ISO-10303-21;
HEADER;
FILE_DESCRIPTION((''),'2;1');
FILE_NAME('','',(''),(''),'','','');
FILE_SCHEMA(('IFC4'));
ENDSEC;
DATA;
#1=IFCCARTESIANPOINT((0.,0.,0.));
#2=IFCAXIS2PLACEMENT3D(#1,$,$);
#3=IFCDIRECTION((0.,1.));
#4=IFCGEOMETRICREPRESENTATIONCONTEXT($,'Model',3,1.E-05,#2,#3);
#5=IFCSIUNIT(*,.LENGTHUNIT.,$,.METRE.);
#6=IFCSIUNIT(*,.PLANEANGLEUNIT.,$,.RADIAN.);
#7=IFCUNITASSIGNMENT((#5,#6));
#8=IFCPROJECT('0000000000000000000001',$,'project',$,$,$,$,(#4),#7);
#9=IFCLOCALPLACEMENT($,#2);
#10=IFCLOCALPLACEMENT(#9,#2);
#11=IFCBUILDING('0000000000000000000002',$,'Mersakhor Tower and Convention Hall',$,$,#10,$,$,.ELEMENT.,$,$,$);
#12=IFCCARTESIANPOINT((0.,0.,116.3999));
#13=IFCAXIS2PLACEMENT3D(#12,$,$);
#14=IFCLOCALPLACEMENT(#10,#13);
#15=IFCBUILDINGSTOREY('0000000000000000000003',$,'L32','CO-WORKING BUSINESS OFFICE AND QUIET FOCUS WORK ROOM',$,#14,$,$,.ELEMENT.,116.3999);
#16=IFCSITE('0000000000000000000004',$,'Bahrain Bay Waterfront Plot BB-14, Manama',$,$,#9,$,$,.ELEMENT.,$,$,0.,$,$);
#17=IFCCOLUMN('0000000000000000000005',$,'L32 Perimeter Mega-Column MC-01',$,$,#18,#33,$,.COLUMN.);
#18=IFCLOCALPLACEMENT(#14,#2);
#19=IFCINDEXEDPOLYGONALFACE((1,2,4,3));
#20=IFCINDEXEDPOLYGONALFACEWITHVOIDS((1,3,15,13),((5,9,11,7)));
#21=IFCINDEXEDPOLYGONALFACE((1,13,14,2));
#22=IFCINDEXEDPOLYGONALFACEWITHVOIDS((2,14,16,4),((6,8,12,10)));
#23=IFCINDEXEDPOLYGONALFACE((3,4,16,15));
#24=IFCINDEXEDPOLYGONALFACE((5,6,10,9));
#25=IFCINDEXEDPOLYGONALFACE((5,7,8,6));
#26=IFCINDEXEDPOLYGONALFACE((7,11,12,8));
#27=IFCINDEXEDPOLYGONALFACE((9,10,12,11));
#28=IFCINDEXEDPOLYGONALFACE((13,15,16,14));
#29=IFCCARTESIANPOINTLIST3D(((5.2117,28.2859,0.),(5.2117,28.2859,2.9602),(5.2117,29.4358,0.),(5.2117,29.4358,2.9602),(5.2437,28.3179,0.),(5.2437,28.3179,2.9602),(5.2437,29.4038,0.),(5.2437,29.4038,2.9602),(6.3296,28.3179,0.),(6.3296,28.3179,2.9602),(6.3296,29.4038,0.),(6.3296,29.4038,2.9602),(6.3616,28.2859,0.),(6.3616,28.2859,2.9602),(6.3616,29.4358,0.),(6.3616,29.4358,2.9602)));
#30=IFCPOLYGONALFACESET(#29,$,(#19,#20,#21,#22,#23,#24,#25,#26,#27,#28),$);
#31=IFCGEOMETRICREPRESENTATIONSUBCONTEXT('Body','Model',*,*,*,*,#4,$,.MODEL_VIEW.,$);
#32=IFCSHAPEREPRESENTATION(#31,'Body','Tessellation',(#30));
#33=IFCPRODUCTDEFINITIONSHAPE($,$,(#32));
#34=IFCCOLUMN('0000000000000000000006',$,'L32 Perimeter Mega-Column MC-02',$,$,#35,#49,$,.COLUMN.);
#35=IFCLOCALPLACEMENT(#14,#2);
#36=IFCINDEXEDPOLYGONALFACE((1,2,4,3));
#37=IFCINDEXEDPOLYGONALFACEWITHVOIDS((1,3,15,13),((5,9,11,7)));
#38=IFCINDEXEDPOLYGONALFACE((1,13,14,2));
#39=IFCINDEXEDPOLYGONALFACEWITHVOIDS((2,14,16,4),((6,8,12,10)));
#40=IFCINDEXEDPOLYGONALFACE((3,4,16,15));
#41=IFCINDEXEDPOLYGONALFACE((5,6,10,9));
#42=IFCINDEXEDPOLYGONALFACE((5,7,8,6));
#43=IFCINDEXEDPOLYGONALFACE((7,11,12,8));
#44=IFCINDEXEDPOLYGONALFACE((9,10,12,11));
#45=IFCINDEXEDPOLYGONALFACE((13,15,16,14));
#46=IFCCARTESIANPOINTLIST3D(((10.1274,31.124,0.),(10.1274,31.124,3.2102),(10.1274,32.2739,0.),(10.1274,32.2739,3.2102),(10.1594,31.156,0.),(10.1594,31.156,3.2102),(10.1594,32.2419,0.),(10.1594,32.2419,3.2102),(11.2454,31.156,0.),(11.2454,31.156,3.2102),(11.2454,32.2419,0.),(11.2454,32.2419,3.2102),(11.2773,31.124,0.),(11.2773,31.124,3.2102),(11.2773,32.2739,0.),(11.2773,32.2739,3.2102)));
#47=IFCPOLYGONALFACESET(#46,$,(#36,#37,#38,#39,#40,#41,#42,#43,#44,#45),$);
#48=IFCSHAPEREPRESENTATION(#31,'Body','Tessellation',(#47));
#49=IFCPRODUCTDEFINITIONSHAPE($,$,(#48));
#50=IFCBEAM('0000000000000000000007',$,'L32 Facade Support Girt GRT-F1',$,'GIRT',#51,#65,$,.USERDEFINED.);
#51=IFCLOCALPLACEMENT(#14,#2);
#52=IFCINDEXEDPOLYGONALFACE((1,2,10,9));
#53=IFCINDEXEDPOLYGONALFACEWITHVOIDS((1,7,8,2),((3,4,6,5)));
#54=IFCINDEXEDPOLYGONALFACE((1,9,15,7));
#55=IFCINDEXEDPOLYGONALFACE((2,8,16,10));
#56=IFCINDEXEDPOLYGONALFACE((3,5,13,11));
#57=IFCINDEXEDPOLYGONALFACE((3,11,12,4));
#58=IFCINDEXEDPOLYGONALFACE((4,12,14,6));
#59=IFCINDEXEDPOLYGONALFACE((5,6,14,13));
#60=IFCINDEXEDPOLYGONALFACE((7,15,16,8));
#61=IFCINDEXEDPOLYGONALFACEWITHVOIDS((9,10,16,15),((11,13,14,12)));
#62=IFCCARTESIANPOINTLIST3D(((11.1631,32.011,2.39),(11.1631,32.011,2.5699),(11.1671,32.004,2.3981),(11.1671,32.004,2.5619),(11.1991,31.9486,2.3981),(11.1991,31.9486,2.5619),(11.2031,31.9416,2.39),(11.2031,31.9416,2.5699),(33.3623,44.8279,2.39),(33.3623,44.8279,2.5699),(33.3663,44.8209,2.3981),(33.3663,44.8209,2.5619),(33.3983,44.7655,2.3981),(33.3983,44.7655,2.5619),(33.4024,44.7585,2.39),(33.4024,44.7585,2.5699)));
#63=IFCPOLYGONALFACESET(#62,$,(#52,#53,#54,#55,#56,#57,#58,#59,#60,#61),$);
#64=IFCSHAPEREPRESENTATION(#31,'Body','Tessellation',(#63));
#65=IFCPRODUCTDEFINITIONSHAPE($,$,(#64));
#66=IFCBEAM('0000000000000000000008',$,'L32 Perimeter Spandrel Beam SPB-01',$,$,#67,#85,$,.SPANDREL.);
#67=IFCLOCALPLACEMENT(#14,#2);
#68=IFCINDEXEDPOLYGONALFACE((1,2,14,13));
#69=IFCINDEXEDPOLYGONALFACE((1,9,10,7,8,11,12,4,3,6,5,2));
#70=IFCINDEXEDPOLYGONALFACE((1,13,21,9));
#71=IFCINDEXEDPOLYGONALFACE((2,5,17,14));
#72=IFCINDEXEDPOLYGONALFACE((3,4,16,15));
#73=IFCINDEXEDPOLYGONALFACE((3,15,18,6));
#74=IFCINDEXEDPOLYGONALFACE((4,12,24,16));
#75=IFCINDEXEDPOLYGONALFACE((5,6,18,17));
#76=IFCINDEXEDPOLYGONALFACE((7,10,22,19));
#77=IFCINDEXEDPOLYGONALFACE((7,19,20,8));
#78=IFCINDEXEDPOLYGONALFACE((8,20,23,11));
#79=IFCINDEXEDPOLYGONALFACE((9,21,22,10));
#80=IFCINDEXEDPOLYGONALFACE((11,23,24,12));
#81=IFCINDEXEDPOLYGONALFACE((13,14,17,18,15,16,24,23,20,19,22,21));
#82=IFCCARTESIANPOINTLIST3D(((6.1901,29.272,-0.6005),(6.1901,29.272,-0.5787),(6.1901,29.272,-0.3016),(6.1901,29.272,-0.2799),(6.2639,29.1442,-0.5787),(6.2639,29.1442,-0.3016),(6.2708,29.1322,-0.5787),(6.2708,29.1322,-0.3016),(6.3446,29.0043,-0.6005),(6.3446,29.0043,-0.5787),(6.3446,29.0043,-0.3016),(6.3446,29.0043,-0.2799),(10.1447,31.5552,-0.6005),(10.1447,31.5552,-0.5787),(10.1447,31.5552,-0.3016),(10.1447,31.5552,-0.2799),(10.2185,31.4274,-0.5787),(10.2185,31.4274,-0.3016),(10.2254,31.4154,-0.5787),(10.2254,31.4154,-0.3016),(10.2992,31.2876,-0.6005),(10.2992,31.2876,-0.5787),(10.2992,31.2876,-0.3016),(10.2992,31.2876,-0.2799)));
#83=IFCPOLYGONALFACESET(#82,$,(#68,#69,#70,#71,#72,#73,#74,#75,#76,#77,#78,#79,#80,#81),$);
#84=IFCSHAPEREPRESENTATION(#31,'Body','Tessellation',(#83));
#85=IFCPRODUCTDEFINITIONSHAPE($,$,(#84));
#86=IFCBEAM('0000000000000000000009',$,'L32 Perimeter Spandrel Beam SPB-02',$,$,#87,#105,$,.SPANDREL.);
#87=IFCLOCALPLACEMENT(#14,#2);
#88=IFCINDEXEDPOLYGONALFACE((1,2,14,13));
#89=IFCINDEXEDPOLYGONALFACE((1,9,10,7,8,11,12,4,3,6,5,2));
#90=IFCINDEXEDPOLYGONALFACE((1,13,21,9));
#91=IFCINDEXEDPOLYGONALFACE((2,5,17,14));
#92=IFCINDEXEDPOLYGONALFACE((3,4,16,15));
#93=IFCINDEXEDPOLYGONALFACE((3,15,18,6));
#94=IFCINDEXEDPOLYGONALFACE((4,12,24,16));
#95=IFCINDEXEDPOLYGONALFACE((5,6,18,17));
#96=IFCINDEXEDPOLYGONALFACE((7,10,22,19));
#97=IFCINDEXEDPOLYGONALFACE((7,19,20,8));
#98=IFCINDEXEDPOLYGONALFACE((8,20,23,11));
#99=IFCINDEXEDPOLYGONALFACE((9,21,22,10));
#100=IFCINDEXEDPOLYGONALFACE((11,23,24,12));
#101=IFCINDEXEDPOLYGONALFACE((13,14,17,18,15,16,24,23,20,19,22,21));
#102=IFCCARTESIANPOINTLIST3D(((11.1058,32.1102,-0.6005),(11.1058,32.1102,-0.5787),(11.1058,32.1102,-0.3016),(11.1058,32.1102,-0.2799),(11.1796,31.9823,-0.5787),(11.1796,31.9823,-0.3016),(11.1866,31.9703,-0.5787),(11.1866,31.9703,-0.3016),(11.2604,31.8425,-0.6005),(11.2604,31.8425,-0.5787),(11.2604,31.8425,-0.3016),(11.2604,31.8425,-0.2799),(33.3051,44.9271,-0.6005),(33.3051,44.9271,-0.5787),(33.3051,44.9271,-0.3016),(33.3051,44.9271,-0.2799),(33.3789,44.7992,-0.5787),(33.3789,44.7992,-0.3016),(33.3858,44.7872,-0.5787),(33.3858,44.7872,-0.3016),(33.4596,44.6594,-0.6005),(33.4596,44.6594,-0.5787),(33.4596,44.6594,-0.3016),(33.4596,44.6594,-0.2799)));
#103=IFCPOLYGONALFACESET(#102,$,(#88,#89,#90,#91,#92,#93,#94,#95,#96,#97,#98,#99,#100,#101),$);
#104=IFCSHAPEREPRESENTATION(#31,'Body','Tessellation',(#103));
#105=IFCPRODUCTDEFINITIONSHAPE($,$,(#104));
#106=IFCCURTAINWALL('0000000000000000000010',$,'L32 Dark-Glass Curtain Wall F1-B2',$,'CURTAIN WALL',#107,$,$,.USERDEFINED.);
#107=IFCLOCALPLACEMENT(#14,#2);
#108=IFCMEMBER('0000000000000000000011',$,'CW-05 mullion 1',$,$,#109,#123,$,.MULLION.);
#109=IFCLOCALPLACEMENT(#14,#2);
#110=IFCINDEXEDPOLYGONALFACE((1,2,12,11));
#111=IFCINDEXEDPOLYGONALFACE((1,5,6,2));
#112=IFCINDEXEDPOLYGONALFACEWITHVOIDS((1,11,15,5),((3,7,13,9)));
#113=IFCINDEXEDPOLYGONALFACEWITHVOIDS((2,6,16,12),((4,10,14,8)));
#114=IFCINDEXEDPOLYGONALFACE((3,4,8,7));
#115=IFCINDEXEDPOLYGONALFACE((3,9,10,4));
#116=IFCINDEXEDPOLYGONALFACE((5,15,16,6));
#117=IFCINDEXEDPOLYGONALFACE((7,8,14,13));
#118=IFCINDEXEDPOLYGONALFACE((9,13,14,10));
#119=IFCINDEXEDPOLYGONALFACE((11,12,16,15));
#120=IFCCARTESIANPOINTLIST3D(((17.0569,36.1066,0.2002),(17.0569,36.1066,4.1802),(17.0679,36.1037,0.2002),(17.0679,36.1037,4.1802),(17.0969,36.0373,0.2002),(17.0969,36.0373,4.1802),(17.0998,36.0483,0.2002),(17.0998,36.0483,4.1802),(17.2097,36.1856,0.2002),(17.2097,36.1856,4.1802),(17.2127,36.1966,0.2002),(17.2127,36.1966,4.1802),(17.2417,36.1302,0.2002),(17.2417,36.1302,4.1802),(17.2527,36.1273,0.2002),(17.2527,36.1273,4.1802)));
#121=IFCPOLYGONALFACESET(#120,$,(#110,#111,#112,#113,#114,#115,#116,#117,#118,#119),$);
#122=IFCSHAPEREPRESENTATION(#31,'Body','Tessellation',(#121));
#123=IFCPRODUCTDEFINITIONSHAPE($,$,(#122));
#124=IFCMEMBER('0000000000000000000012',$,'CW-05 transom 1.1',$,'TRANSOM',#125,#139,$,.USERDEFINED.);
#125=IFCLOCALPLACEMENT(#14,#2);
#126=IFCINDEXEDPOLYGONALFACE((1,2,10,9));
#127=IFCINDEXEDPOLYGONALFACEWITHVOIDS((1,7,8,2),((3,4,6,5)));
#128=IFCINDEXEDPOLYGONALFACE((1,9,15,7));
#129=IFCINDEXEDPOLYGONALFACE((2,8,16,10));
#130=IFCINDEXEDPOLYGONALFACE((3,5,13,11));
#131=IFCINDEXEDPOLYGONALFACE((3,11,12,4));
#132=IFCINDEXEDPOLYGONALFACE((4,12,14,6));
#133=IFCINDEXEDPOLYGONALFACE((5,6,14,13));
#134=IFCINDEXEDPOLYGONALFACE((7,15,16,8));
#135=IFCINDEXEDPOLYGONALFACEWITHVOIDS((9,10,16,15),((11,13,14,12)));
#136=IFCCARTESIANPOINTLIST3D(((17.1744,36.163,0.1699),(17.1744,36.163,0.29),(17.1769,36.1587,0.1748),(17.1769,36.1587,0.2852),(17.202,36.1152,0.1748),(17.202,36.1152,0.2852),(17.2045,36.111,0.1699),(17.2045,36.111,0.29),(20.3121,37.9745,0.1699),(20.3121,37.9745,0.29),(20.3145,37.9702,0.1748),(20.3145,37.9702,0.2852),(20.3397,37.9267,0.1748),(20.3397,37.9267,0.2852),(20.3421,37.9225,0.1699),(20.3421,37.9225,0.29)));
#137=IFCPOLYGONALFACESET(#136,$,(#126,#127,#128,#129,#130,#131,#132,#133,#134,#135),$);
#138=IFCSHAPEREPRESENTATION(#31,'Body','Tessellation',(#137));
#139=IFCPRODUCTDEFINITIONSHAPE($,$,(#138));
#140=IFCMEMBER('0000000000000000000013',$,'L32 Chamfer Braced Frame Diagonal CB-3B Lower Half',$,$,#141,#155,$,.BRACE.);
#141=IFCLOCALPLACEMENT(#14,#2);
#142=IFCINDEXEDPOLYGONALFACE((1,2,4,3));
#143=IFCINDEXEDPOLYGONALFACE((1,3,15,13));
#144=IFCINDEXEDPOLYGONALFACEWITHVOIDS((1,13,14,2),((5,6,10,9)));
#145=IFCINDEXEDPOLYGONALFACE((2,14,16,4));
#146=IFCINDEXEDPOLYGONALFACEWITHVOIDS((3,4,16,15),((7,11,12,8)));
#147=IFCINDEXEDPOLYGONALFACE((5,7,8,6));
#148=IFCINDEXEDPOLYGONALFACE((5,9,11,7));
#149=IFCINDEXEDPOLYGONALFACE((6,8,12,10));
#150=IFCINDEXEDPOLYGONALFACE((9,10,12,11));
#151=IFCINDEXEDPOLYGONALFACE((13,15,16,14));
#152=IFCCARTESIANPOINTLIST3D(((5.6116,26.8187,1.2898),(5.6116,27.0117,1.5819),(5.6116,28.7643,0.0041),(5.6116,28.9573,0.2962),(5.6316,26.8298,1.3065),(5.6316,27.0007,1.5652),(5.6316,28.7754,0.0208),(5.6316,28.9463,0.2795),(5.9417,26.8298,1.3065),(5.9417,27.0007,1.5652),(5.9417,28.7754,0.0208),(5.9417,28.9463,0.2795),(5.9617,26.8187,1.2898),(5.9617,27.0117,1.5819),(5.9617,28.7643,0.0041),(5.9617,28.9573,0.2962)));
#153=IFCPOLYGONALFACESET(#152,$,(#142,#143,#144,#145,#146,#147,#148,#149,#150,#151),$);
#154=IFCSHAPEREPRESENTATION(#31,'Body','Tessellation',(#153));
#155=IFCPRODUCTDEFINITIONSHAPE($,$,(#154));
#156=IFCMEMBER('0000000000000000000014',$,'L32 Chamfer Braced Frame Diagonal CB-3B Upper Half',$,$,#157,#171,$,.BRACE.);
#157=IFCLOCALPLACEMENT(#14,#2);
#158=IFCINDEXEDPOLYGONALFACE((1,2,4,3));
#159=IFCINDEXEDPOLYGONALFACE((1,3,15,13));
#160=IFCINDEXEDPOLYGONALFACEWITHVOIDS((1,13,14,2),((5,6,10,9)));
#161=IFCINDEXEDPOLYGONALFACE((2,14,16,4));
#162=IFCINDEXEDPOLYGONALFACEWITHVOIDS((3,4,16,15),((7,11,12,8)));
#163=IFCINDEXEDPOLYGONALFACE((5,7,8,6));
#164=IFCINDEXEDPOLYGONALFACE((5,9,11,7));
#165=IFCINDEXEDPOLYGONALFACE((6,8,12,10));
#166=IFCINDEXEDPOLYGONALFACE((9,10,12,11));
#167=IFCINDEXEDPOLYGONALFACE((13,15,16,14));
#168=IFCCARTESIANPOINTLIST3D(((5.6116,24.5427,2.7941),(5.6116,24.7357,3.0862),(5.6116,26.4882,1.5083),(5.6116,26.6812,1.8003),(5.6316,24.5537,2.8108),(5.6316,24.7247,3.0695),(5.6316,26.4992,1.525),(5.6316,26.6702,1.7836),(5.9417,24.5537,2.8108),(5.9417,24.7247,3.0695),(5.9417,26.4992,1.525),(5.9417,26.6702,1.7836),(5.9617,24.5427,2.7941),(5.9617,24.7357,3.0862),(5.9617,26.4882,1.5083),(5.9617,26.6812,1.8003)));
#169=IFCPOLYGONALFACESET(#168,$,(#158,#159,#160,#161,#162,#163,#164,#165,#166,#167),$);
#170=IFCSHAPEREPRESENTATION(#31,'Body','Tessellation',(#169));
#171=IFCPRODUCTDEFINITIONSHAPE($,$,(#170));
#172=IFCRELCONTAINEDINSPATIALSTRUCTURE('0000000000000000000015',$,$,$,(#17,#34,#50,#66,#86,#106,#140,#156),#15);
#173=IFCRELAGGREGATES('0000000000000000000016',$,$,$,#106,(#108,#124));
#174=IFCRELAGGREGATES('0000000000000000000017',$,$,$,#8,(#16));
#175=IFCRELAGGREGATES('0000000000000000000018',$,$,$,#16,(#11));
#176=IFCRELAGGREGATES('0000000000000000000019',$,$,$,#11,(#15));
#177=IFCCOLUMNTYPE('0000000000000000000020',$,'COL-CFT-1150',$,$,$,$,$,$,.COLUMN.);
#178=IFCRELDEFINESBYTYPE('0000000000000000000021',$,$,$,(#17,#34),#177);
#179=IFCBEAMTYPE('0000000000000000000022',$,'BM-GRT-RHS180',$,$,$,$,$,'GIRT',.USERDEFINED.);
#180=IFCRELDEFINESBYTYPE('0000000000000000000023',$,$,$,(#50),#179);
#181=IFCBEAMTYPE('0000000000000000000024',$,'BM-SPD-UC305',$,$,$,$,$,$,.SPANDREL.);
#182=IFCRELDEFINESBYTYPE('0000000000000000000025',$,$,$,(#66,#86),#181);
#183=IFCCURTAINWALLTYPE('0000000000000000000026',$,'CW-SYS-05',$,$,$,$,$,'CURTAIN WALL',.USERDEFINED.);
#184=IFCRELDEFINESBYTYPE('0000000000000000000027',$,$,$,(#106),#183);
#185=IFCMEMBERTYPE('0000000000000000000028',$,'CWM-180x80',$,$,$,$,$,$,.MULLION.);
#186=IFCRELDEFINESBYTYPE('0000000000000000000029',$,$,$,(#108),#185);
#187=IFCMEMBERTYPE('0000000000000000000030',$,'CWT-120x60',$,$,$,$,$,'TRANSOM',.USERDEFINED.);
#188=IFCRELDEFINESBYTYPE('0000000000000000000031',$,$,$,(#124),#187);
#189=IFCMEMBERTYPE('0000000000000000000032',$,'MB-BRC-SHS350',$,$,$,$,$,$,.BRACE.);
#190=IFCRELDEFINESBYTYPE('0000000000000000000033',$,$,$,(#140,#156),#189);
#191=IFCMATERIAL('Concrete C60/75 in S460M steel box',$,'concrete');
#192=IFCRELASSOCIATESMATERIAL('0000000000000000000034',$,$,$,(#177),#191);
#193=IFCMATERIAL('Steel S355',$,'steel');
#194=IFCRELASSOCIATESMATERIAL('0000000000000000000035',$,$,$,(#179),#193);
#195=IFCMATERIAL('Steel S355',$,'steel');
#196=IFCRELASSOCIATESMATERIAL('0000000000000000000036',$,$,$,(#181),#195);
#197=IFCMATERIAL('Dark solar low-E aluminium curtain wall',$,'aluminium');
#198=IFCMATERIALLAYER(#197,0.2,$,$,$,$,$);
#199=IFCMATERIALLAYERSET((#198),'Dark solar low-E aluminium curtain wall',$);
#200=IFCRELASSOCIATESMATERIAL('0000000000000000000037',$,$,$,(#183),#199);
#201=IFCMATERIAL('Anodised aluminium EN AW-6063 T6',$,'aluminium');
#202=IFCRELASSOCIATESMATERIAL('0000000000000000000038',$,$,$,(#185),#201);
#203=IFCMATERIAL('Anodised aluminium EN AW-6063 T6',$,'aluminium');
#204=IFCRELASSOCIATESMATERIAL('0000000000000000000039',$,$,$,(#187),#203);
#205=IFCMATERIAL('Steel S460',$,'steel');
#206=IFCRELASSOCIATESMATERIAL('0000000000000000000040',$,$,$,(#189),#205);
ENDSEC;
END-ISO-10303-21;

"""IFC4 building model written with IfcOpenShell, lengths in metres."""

from ifc_helpers import new_model, si_unit, direction, frame, origin, origin_2d, place, context, subcontext, project, spatial, hollow_rectangle, i_section, extrude, material, layer, layer_set, material_profile, profile_set, type_object, element, aggregate, save


model = new_model("IFC4")

# Units and contexts
model_context = context("Model", 3, precision=1e-05, world=origin(), true_north=direction((0.0, 1.0)))
body_context = subcontext(model_context, "Body", "Model", "MODEL_VIEW")
ifc_project = project(units=[si_unit("LENGTHUNIT", "METRE"), si_unit("PLANEANGLEUNIT", "RADIAN")], contexts=[model_context])

# Site, building, storey
site_placement = place(None, origin())
site = spatial("IfcSite", under=ifc_project, at=site_placement, Name="Bahrain Bay Waterfront Plot BB-14, Manama", CompositionType="ELEMENT", RefElevation=0.0)
building_placement = place(site_placement, origin())
building = spatial("IfcBuilding", under=site, at=building_placement, Name="Mersakhor Tower and Convention Hall", CompositionType="ELEMENT")
storey_placement = place(building_placement, frame((0.0, 0.0, 116.3999)))
storey = spatial("IfcBuildingStorey", under=building, at=storey_placement, Name="L32", Description="CO-WORKING BUSINESS OFFICE AND QUIET FOCUS WORK ROOM", CompositionType="ELEMENT", Elevation=116.3999)

# Columns
ifc_material_1 = material(Name="Concrete C60/75 in S460M steel box", Category="concrete")
ifc_material_profile_1 = material_profile(ifc_material_1, hollow_rectangle(XDim=1.1499, YDim=1.1499, WallThickness=0.032, at=origin_2d()), Name="SHS 1150x1150x32")
ifc_profile_set_1 = profile_set([ifc_material_profile_1], Name="Concrete C60/75 in S460M steel box")
column_type = type_object("IfcColumnType", Name="COL-CFT-1150", PredefinedType="COLUMN", material=ifc_profile_set_1)
column_1_placement = place(storey_placement, frame((5.7866, 28.8608, 0.0), z_axis=(0.0, 0.0, 1.0), x_axis=(1.0, 0.0, 0.0)))
element("IfcColumn", 1, at=column_1_placement, inside=storey, type_object=column_type, Name="L32 Perimeter Mega-Column MC-01", PredefinedType="COLUMN", context=body_context, shape_type="SweptSolid", body=[
    extrude(hollow_rectangle(XDim=1.1499, YDim=1.1499, WallThickness=0.032, at=origin_2d()), origin(), (0.0, 0.0, 1.0), 2.9602),
])
column_2_placement = place(storey_placement, frame((10.7024, 31.699, 0.0), z_axis=(0.0, 0.0, 1.0), x_axis=(1.0, 0.0, 0.0)))
element("IfcColumn", 2, at=column_2_placement, inside=storey, type_object=column_type, Name="L32 Perimeter Mega-Column MC-02", PredefinedType="COLUMN", context=body_context, shape_type="SweptSolid", body=[
    extrude(hollow_rectangle(XDim=1.1499, YDim=1.1499, WallThickness=0.032, at=origin_2d()), origin(), (0.0, 0.0, 1.0), 3.2102),
])

# Beams
ifc_material_2 = material(Name="Steel S355", Category="steel")
ifc_material_profile_2 = material_profile(ifc_material_2, hollow_rectangle(XDim=0.0801, YDim=0.1799, WallThickness=0.0081, at=origin_2d()), Name="RHS 180x80x8")
ifc_profile_set_2 = profile_set([ifc_material_profile_2], Name="Steel S355")
beam_type_1 = type_object("IfcBeamType", Name="BM-GRT-RHS180", ElementType="GIRT", PredefinedType="USERDEFINED", material=ifc_profile_set_2)
beam_1_placement = place(storey_placement, frame((11.1831, 31.9763, 2.48), z_axis=(0.866023, 0.500005, 0.0), x_axis=(-0.500005, 0.866023, 0.0)))
element("IfcBeam", 3, at=beam_1_placement, inside=storey, type_object=beam_type_1, Name="L32 Facade Support Girt GRT-F1", ObjectType="GIRT", PredefinedType="USERDEFINED", context=body_context, shape_type="SweptSolid", body=[
    extrude(hollow_rectangle(XDim=0.0801, YDim=0.1799, WallThickness=0.0081, at=origin_2d()), origin(), (0.0, 0.0, 1.0), 25.6335),
])
ifc_material_3 = material(Name="Steel S355", Category="steel")
ifc_material_profile_3 = material_profile(ifc_material_3, i_section(OverallWidth=0.3091, OverallDepth=0.3206, WebThickness=0.0139, FlangeThickness=0.0217, at=origin_2d()), Name="UC 305x305x137")
ifc_profile_set_3 = profile_set([ifc_material_profile_3], Name="Steel S355")
beam_type_2 = type_object("IfcBeamType", Name="BM-SPD-UC305", PredefinedType="SPANDREL", material=ifc_profile_set_3)
beam_2_placement = place(storey_placement, frame((6.2673, 29.1382, -0.4402), z_axis=(0.866024, 0.500003, 0.0), x_axis=(-0.500003, 0.866024, 0.0)))
element("IfcBeam", 4, at=beam_2_placement, inside=storey, type_object=beam_type_2, Name="L32 Perimeter Spandrel Beam SPB-01", PredefinedType="SPANDREL", context=body_context, shape_type="SweptSolid", body=[
    extrude(i_section(OverallWidth=0.3091, OverallDepth=0.3206, WebThickness=0.0139, FlangeThickness=0.0217, at=origin_2d()), origin(), (0.0, 0.0, 1.0), 4.5664),
])
beam_3_placement = place(storey_placement, frame((11.1831, 31.9763, -0.4402), z_axis=(0.866023, 0.500005, 0.0), x_axis=(-0.500005, 0.866023, 0.0)))
element("IfcBeam", 5, at=beam_3_placement, inside=storey, type_object=beam_type_2, Name="L32 Perimeter Spandrel Beam SPB-02", PredefinedType="SPANDREL", context=body_context, shape_type="SweptSolid", body=[
    extrude(i_section(OverallWidth=0.3091, OverallDepth=0.3206, WebThickness=0.0139, FlangeThickness=0.0217, at=origin_2d()), origin(), (0.0, 0.0, 1.0), 25.6335),
])

# Curtain wall, members
ifc_material_4 = material(Name="Dark solar low-E aluminium curtain wall", Category="aluminium")
ifc_layer_1 = layer(ifc_material_4, 0.2)
ifc_layer_set_1 = layer_set([ifc_layer_1], Name="Dark solar low-E aluminium curtain wall")
curtain_wall_type = type_object("IfcCurtainWallType", Name="CW-SYS-05", ElementType="CURTAIN WALL", PredefinedType="USERDEFINED", material=ifc_layer_set_1)
curtain_wall_placement = place(storey_placement, origin())
curtain_wall = element("IfcCurtainWall", 6, at=curtain_wall_placement, inside=storey, type_object=curtain_wall_type, Name="L32 Dark-Glass Curtain Wall F1-B2", ObjectType="CURTAIN WALL", PredefinedType="USERDEFINED")
ifc_material_5 = material(Name="Anodised aluminium EN AW-6063 T6", Category="aluminium")
ifc_material_profile_4 = material_profile(ifc_material_5, hollow_rectangle(XDim=0.0801, YDim=0.1799, WallThickness=0.0081, at=origin_2d()), Name="RHS 180x80x8")
ifc_profile_set_4 = profile_set([ifc_material_profile_4], Name="Anodised aluminium EN AW-6063 T6")
member_type_1 = type_object("IfcMemberType", Name="CWM-180x80", PredefinedType="MULLION", material=ifc_profile_set_4)
member_1_placement = place(storey_placement, frame((17.1548, 36.1169, 0.2002), z_axis=(0.0, 0.0, 1.0), x_axis=(-0.499998, 0.866027, 0.0)))
member_1 = element("IfcMember", 7, at=member_1_placement, type_object=member_type_1, Name="CW-05 mullion 1", PredefinedType="MULLION", context=body_context, shape_type="SweptSolid", body=[
    extrude(hollow_rectangle(XDim=0.0801, YDim=0.1799, WallThickness=0.0081, at=origin_2d()), origin(), (0.0, 0.0, 1.0), 3.98),
])
ifc_material_6 = material(Name="Anodised aluminium EN AW-6063 T6", Category="aluminium")
ifc_material_profile_5 = material_profile(ifc_material_6, hollow_rectangle(XDim=0.0601, YDim=0.1201, WallThickness=0.0049, at=origin_2d()), Name="RHS 120x60x5")
ifc_profile_set_5 = profile_set([ifc_material_profile_5], Name="Anodised aluminium EN AW-6063 T6")
member_type_2 = type_object("IfcMemberType", Name="CWT-120x60", ElementType="TRANSOM", PredefinedType="USERDEFINED", material=ifc_profile_set_5)
member_2_placement = place(storey_placement, frame((17.1895, 36.137, 0.23), z_axis=(0.866028, 0.499995, 0.0), x_axis=(-0.499995, 0.866028, 0.0)))
member_2 = element("IfcMember", 8, at=member_2_placement, type_object=member_type_2, Name="CW-05 transom 1.1", ObjectType="TRANSOM", PredefinedType="USERDEFINED", context=body_context, shape_type="SweptSolid", body=[
    extrude(hollow_rectangle(XDim=0.0601, YDim=0.1201, WallThickness=0.0049, at=origin_2d()), origin(), (0.0, 0.0, 1.0), 3.623),
])
aggregate(curtain_wall, [member_1, member_2])

# Members
ifc_material_7 = material(Name="Steel S460", Category="steel")
ifc_material_profile_6 = material_profile(ifc_material_7, hollow_rectangle(XDim=0.3501, YDim=0.3501, WallThickness=0.02, at=origin_2d()), Name="SHS 350x350x20")
ifc_profile_set_6 = profile_set([ifc_material_profile_6], Name="Steel S460")
member_type_3 = type_object("IfcMemberType", Name="MB-BRC-SHS350", PredefinedType="BRACE", material=ifc_profile_set_6)
for number, where, z_axis, x_axis, name in (
    (9, (5.7866, 28.8608, 0.1501), (0.0, -0.834298, 0.551313), (1.0, 0.0, 0.0), "L32 Chamfer Braced Frame Diagonal CB-3B Lower Half"),
    (10, (5.7866, 26.5847, 1.6543), (0.0, -0.83425, 0.551386), (1.0, 0.0, 0.0), "L32 Chamfer Braced Frame Diagonal CB-3B Upper Half"),
):
    element("IfcMember", number, at=place(storey_placement, frame(where, z_axis=z_axis, x_axis=x_axis)), inside=storey, type_object=member_type_3, Name=name, PredefinedType="BRACE", context=body_context, shape_type="SweptSolid", body=[
        extrude(hollow_rectangle(XDim=0.3501, YDim=0.3501, WallThickness=0.02, at=origin_2d()), origin(), (0.0, 0.0, 1.0), 2.332),
    ])

save(model, "model.ifc")
